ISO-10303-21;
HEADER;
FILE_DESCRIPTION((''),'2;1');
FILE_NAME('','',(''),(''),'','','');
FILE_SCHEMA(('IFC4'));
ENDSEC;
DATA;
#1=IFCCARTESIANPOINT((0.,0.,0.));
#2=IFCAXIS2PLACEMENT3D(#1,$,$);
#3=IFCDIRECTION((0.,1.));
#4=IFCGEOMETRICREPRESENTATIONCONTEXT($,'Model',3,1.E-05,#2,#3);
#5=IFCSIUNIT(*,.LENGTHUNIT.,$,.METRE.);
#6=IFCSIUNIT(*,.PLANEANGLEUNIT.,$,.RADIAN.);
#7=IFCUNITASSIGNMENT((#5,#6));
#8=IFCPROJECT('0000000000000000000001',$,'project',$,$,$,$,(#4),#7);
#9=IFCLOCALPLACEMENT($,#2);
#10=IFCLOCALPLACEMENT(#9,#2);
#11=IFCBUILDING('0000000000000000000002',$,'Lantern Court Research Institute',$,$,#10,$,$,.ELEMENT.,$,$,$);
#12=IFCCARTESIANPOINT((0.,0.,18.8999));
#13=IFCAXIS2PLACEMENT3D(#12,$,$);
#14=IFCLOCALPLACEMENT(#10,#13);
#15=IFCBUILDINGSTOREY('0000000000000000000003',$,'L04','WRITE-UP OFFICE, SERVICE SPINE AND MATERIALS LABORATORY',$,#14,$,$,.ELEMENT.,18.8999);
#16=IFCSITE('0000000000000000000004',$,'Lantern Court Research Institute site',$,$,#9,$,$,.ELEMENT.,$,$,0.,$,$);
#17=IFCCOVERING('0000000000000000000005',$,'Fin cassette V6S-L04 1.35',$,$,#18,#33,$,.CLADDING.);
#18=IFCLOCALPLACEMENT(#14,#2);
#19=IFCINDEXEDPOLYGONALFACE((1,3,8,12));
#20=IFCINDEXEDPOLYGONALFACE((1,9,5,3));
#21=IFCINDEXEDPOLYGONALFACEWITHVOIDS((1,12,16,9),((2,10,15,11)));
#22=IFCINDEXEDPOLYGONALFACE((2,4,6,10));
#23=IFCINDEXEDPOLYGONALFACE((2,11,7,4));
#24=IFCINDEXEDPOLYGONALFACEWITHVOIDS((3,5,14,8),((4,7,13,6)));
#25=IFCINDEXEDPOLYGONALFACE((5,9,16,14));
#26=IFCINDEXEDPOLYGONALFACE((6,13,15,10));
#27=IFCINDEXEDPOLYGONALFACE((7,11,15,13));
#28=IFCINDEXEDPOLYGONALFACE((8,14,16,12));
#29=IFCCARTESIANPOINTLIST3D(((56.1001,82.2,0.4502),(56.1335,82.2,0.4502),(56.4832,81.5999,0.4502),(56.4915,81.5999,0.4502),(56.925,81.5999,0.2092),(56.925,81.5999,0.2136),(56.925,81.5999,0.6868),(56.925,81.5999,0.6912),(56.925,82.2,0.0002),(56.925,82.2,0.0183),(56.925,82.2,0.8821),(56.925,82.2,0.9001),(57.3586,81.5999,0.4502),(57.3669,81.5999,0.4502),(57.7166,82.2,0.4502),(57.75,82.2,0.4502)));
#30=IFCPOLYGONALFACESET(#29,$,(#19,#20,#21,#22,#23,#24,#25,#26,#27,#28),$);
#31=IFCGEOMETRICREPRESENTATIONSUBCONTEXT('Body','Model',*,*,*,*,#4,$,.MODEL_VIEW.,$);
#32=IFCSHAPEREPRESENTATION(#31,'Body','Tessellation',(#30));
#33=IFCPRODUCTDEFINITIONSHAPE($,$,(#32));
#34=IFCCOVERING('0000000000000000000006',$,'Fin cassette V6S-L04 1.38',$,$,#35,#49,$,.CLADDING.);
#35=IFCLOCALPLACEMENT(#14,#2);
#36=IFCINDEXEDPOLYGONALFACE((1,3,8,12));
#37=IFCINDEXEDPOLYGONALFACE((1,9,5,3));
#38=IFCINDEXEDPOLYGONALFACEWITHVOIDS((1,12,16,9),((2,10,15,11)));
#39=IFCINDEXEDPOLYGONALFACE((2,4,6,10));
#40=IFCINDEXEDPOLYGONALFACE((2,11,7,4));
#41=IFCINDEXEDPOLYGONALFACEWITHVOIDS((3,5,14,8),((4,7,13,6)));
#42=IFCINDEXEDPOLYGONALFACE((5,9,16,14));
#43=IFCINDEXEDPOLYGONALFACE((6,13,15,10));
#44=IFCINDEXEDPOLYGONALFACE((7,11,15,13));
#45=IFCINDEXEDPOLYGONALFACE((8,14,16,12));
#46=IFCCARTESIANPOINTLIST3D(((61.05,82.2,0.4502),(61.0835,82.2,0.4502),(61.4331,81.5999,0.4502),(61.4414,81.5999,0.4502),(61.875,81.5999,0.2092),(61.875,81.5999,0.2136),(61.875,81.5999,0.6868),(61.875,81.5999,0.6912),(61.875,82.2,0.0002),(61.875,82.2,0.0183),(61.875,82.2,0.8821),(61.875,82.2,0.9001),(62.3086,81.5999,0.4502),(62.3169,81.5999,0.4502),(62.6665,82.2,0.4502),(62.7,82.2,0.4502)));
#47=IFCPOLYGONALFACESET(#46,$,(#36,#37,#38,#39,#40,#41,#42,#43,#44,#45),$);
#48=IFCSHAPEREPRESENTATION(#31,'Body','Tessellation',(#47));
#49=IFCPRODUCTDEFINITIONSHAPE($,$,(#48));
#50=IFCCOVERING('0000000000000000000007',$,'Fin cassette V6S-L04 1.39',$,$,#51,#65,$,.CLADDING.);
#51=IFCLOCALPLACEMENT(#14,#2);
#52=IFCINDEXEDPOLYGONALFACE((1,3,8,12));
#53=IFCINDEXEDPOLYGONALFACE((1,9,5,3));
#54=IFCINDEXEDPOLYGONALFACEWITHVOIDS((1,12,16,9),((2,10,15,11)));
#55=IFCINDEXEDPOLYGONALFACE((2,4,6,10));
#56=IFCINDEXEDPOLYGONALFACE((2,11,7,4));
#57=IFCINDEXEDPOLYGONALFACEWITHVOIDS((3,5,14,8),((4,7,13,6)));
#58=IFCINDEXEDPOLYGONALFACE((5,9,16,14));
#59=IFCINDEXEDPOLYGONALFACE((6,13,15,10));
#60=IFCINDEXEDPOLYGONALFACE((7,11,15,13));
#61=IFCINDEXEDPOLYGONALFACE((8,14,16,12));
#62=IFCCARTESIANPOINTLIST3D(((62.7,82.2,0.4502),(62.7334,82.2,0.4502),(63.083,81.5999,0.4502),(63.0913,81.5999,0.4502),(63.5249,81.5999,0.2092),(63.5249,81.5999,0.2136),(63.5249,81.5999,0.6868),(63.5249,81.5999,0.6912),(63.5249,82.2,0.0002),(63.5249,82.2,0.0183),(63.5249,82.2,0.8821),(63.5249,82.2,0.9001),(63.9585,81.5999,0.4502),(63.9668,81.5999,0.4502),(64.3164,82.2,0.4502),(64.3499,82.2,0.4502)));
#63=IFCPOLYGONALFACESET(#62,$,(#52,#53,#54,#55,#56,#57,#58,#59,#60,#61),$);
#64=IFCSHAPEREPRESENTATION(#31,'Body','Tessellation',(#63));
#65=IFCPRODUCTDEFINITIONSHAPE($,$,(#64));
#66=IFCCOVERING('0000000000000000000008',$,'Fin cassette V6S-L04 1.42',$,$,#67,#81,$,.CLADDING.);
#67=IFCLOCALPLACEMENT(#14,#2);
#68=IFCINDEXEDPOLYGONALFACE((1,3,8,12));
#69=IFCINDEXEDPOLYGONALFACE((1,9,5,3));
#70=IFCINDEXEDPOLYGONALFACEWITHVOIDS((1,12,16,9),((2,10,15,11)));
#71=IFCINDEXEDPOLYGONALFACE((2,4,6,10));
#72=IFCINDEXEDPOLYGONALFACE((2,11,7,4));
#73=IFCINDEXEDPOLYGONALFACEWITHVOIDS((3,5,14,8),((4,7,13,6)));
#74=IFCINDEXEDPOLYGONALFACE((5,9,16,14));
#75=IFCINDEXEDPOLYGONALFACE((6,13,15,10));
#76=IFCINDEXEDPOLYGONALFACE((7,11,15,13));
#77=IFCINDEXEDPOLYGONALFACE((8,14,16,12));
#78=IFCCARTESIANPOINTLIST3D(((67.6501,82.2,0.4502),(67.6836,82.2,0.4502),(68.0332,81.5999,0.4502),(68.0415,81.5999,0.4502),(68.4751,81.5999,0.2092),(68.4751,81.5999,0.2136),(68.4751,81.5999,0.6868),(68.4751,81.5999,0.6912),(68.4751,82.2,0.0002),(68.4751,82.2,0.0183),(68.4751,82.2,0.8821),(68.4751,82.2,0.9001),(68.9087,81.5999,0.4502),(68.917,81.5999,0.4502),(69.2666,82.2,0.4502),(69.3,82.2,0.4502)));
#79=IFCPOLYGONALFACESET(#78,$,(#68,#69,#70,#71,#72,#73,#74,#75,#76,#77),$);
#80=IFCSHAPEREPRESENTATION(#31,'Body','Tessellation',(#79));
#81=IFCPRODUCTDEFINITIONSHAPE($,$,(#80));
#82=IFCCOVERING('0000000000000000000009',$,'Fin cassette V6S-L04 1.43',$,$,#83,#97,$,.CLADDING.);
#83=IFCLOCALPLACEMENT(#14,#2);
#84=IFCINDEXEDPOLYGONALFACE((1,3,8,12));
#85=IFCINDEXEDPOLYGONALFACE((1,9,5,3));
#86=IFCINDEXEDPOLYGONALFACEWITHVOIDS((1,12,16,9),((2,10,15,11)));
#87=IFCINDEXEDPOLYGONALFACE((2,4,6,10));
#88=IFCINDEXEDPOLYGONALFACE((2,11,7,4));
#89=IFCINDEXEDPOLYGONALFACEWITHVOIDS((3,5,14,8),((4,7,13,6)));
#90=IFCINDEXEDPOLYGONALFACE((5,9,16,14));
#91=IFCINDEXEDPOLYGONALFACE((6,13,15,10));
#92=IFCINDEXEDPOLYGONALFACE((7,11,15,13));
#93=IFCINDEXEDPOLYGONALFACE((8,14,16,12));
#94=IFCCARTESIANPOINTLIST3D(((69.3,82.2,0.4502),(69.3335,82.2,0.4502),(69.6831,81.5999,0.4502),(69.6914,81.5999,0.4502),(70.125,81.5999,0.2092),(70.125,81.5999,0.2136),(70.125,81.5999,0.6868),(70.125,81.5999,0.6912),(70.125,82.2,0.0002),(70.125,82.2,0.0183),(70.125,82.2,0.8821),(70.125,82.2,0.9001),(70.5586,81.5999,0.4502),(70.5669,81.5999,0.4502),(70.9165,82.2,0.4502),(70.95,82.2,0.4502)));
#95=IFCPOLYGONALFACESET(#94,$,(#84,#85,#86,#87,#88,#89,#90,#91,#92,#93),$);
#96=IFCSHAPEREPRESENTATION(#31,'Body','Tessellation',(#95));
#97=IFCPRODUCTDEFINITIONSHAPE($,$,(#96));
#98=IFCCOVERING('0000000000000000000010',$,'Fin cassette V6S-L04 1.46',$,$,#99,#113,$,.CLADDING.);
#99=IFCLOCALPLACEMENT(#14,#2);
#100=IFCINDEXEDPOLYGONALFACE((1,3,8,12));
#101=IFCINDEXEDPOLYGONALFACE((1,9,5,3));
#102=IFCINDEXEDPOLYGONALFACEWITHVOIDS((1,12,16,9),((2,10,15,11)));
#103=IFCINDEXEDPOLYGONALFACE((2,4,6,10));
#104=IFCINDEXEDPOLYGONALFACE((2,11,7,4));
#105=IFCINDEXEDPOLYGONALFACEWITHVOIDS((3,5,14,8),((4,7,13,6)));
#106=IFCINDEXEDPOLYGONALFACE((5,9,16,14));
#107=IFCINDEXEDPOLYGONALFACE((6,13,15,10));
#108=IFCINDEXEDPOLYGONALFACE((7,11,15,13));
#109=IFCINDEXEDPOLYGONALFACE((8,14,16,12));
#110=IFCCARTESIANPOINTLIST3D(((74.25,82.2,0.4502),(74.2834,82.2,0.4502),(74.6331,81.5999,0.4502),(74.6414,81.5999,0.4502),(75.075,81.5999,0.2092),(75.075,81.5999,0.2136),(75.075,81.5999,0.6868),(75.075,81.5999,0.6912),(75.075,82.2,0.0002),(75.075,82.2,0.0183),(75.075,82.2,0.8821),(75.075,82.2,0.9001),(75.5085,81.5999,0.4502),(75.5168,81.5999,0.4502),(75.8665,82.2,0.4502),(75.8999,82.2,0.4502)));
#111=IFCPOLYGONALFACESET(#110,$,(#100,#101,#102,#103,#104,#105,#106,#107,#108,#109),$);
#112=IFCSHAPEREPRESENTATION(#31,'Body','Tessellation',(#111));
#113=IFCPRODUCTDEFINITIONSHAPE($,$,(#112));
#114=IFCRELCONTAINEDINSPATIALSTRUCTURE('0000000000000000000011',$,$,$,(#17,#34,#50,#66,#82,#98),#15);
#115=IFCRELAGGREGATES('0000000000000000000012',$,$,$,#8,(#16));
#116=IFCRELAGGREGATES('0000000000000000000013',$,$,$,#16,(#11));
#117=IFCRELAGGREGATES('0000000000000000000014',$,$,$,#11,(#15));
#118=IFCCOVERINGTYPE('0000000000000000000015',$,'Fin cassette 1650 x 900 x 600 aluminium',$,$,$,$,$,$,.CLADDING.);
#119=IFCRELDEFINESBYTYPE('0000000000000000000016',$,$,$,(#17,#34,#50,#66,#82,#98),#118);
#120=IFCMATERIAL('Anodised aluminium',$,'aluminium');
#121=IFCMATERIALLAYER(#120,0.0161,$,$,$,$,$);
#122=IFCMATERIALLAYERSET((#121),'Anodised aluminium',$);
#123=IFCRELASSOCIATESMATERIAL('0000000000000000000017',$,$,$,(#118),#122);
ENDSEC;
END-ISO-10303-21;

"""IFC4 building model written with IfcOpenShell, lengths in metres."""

from ifc_helpers import new_model, entity, si_unit, direction, frame, origin, place, context, subcontext, project, spatial, material, layer, layer_set, type_object, element, save


model = new_model("IFC4")

# Units and contexts
model_context = context("Model", 3, precision=1e-05, world=origin(), true_north=direction((0.0, 1.0)))
body_context = subcontext(model_context, "Body", "Model", "MODEL_VIEW")
ifc_project = project(units=[si_unit("LENGTHUNIT", "METRE"), si_unit("PLANEANGLEUNIT", "RADIAN")], contexts=[model_context])

# Site, building, storey
site_placement = place(None, origin())
site = spatial("IfcSite", under=ifc_project, at=site_placement, Name="Lantern Court Research Institute site", CompositionType="ELEMENT", RefElevation=0.0)
building_placement = place(site_placement, origin())
building = spatial("IfcBuilding", under=site, at=building_placement, Name="Lantern Court Research Institute", CompositionType="ELEMENT")
storey_placement = place(building_placement, frame((0.0, 0.0, 18.8999)))
storey = spatial("IfcBuildingStorey", under=building, at=storey_placement, Name="L04", Description="WRITE-UP OFFICE, SERVICE SPINE AND MATERIALS LABORATORY", CompositionType="ELEMENT", Elevation=18.8999)

# Coverings
ifc_material_1 = material(Name="Anodised aluminium", Category="aluminium")
ifc_layer_1 = layer(ifc_material_1, 0.0161)
ifc_layer_set_1 = layer_set([ifc_layer_1], Name="Anodised aluminium")
covering_type_1 = type_object("IfcCoveringType", Name="Fin cassette 1650 x 900 x 600 aluminium", PredefinedType="CLADDING", material=ifc_layer_set_1)
covering_1_placement = place(storey_placement, frame((56.925, 82.2, 0.4502), z_axis=(0.0, -1.0, 0.0), x_axis=(1.0, 0.0, 0.0)))
cartesian_point_1 = entity("IfcCartesianPoint", [0.825, 0.0])
cartesian_point_2 = entity("IfcCartesianPoint", [0.7915, 0.0])
cartesian_point_3 = entity("IfcCartesianPoint", [0.4419, 0.0])
cartesian_point_4 = entity("IfcCartesianPoint", [0.4336, 0.0])
element("IfcCovering", 1, at=covering_1_placement, inside=storey, type_object=covering_type_1, Name="Fin cassette V6S-L04 1.35", PredefinedType="CLADDING", context=body_context, shape_type="SweptSolid", body=[
    entity("IfcExtrudedAreaSolidTapered", entity("IfcArbitraryProfileDefWithVoids", "AREA", None, entity("IfcPolyline", [cartesian_point_1, entity("IfcCartesianPoint", [0.0, 0.45]), entity("IfcCartesianPoint", [-0.825, 0.0]), entity("IfcCartesianPoint", [0.0, -0.45]), cartesian_point_1]), [entity("IfcPolyline", [cartesian_point_2, entity("IfcCartesianPoint", [0.0, 0.4319]), entity("IfcCartesianPoint", [-0.7915, 0.0]), entity("IfcCartesianPoint", [0.0, -0.4319]), cartesian_point_2])]), entity("IfcAxis2Placement3D", entity("IfcCartesianPoint", [0.0, 0.0, 0.0])), entity("IfcDirection", [0.0, 0.0, 1.0]), 0.6001, entity("IfcArbitraryProfileDefWithVoids", "AREA", None, entity("IfcPolyline", [cartesian_point_3, entity("IfcCartesianPoint", [0.0, 0.241]), entity("IfcCartesianPoint", [-0.4419, 0.0]), entity("IfcCartesianPoint", [0.0, -0.241]), cartesian_point_3]), [entity("IfcPolyline", [cartesian_point_4, entity("IfcCartesianPoint", [0.0, 0.2366]), entity("IfcCartesianPoint", [-0.4336, 0.0]), entity("IfcCartesianPoint", [0.0, -0.2366]), cartesian_point_4])])),
])
covering_2_placement = place(storey_placement, frame((61.875, 82.2, 0.4502), z_axis=(0.0, -1.0, 0.0), x_axis=(1.0, 0.0, 0.0)))
cartesian_point_5 = entity("IfcCartesianPoint", [0.825, 0.0])
cartesian_point_6 = entity("IfcCartesianPoint", [0.7915, 0.0])
cartesian_point_7 = entity("IfcCartesianPoint", [0.4419, 0.0])
cartesian_point_8 = entity("IfcCartesianPoint", [0.4336, 0.0])
element("IfcCovering", 2, at=covering_2_placement, inside=storey, type_object=covering_type_1, Name="Fin cassette V6S-L04 1.38", PredefinedType="CLADDING", context=body_context, shape_type="SweptSolid", body=[
    entity("IfcExtrudedAreaSolidTapered", entity("IfcArbitraryProfileDefWithVoids", "AREA", None, entity("IfcPolyline", [cartesian_point_5, entity("IfcCartesianPoint", [0.0, 0.45]), entity("IfcCartesianPoint", [-0.825, 0.0]), entity("IfcCartesianPoint", [0.0, -0.45]), cartesian_point_5]), [entity("IfcPolyline", [cartesian_point_6, entity("IfcCartesianPoint", [0.0, 0.4319]), entity("IfcCartesianPoint", [-0.7915, 0.0]), entity("IfcCartesianPoint", [0.0, -0.4319]), cartesian_point_6])]), entity("IfcAxis2Placement3D", entity("IfcCartesianPoint", [0.0, 0.0, 0.0])), entity("IfcDirection", [0.0, 0.0, 1.0]), 0.6001, entity("IfcArbitraryProfileDefWithVoids", "AREA", None, entity("IfcPolyline", [cartesian_point_7, entity("IfcCartesianPoint", [0.0, 0.241]), entity("IfcCartesianPoint", [-0.4419, 0.0]), entity("IfcCartesianPoint", [0.0, -0.241]), cartesian_point_7]), [entity("IfcPolyline", [cartesian_point_8, entity("IfcCartesianPoint", [0.0, 0.2366]), entity("IfcCartesianPoint", [-0.4336, 0.0]), entity("IfcCartesianPoint", [0.0, -0.2366]), cartesian_point_8])])),
])
covering_3_placement = place(storey_placement, frame((63.5249, 82.2, 0.4502), z_axis=(0.0, -1.0, 0.0), x_axis=(1.0, 0.0, 0.0)))
cartesian_point_9 = entity("IfcCartesianPoint", [0.825, 0.0])
cartesian_point_10 = entity("IfcCartesianPoint", [0.7915, 0.0])
cartesian_point_11 = entity("IfcCartesianPoint", [0.4419, 0.0])
cartesian_point_12 = entity("IfcCartesianPoint", [0.4336, 0.0])
element("IfcCovering", 3, at=covering_3_placement, inside=storey, type_object=covering_type_1, Name="Fin cassette V6S-L04 1.39", PredefinedType="CLADDING", context=body_context, shape_type="SweptSolid", body=[
    entity("IfcExtrudedAreaSolidTapered", entity("IfcArbitraryProfileDefWithVoids", "AREA", None, entity("IfcPolyline", [cartesian_point_9, entity("IfcCartesianPoint", [0.0, 0.45]), entity("IfcCartesianPoint", [-0.825, 0.0]), entity("IfcCartesianPoint", [0.0, -0.45]), cartesian_point_9]), [entity("IfcPolyline", [cartesian_point_10, entity("IfcCartesianPoint", [0.0, 0.4319]), entity("IfcCartesianPoint", [-0.7915, 0.0]), entity("IfcCartesianPoint", [0.0, -0.4319]), cartesian_point_10])]), entity("IfcAxis2Placement3D", entity("IfcCartesianPoint", [0.0, 0.0, 0.0])), entity("IfcDirection", [0.0, 0.0, 1.0]), 0.6001, entity("IfcArbitraryProfileDefWithVoids", "AREA", None, entity("IfcPolyline", [cartesian_point_11, entity("IfcCartesianPoint", [0.0, 0.241]), entity("IfcCartesianPoint", [-0.4419, 0.0]), entity("IfcCartesianPoint", [0.0, -0.241]), cartesian_point_11]), [entity("IfcPolyline", [cartesian_point_12, entity("IfcCartesianPoint", [0.0, 0.2366]), entity("IfcCartesianPoint", [-0.4336, 0.0]), entity("IfcCartesianPoint", [0.0, -0.2366]), cartesian_point_12])])),
])
covering_4_placement = place(storey_placement, frame((68.4751, 82.2, 0.4502), z_axis=(0.0, -1.0, 0.0), x_axis=(1.0, 0.0, 0.0)))
cartesian_point_13 = entity("IfcCartesianPoint", [0.825, 0.0])
cartesian_point_14 = entity("IfcCartesianPoint", [0.7915, 0.0])
cartesian_point_15 = entity("IfcCartesianPoint", [0.4419, 0.0])
cartesian_point_16 = entity("IfcCartesianPoint", [0.4336, 0.0])
element("IfcCovering", 4, at=covering_4_placement, inside=storey, type_object=covering_type_1, Name="Fin cassette V6S-L04 1.42", PredefinedType="CLADDING", context=body_context, shape_type="SweptSolid", body=[
    entity("IfcExtrudedAreaSolidTapered", entity("IfcArbitraryProfileDefWithVoids", "AREA", None, entity("IfcPolyline", [cartesian_point_13, entity("IfcCartesianPoint", [0.0, 0.45]), entity("IfcCartesianPoint", [-0.825, 0.0]), entity("IfcCartesianPoint", [0.0, -0.45]), cartesian_point_13]), [entity("IfcPolyline", [cartesian_point_14, entity("IfcCartesianPoint", [0.0, 0.4319]), entity("IfcCartesianPoint", [-0.7915, 0.0]), entity("IfcCartesianPoint", [0.0, -0.4319]), cartesian_point_14])]), entity("IfcAxis2Placement3D", entity("IfcCartesianPoint", [0.0, 0.0, 0.0])), entity("IfcDirection", [0.0, 0.0, 1.0]), 0.6001, entity("IfcArbitraryProfileDefWithVoids", "AREA", None, entity("IfcPolyline", [cartesian_point_15, entity("IfcCartesianPoint", [0.0, 0.241]), entity("IfcCartesianPoint", [-0.4419, 0.0]), entity("IfcCartesianPoint", [0.0, -0.241]), cartesian_point_15]), [entity("IfcPolyline", [cartesian_point_16, entity("IfcCartesianPoint", [0.0, 0.2366]), entity("IfcCartesianPoint", [-0.4336, 0.0]), entity("IfcCartesianPoint", [0.0, -0.2366]), cartesian_point_16])])),
])
covering_5_placement = place(storey_placement, frame((70.125, 82.2, 0.4502), z_axis=(0.0, -1.0, 0.0), x_axis=(1.0, 0.0, 0.0)))
cartesian_point_17 = entity("IfcCartesianPoint", [0.825, 0.0])
cartesian_point_18 = entity("IfcCartesianPoint", [0.7915, 0.0])
cartesian_point_19 = entity("IfcCartesianPoint", [0.4419, 0.0])
cartesian_point_20 = entity("IfcCartesianPoint", [0.4336, 0.0])
element("IfcCovering", 5, at=covering_5_placement, inside=storey, type_object=covering_type_1, Name="Fin cassette V6S-L04 1.43", PredefinedType="CLADDING", context=body_context, shape_type="SweptSolid", body=[
    entity("IfcExtrudedAreaSolidTapered", entity("IfcArbitraryProfileDefWithVoids", "AREA", None, entity("IfcPolyline", [cartesian_point_17, entity("IfcCartesianPoint", [0.0, 0.45]), entity("IfcCartesianPoint", [-0.825, 0.0]), entity("IfcCartesianPoint", [0.0, -0.45]), cartesian_point_17]), [entity("IfcPolyline", [cartesian_point_18, entity("IfcCartesianPoint", [0.0, 0.4319]), entity("IfcCartesianPoint", [-0.7915, 0.0]), entity("IfcCartesianPoint", [0.0, -0.4319]), cartesian_point_18])]), entity("IfcAxis2Placement3D", entity("IfcCartesianPoint", [0.0, 0.0, 0.0])), entity("IfcDirection", [0.0, 0.0, 1.0]), 0.6001, entity("IfcArbitraryProfileDefWithVoids", "AREA", None, entity("IfcPolyline", [cartesian_point_19, entity("IfcCartesianPoint", [0.0, 0.241]), entity("IfcCartesianPoint", [-0.4419, 0.0]), entity("IfcCartesianPoint", [0.0, -0.241]), cartesian_point_19]), [entity("IfcPolyline", [cartesian_point_20, entity("IfcCartesianPoint", [0.0, 0.2366]), entity("IfcCartesianPoint", [-0.4336, 0.0]), entity("IfcCartesianPoint", [0.0, -0.2366]), cartesian_point_20])])),
])
covering_6_placement = place(storey_placement, frame((75.075, 82.2, 0.4502), z_axis=(0.0, -1.0, 0.0), x_axis=(1.0, 0.0, 0.0)))
cartesian_point_21 = entity("IfcCartesianPoint", [0.825, 0.0])
cartesian_point_22 = entity("IfcCartesianPoint", [0.7915, 0.0])
cartesian_point_23 = entity("IfcCartesianPoint", [0.4419, 0.0])
cartesian_point_24 = entity("IfcCartesianPoint", [0.4336, 0.0])
element("IfcCovering", 6, at=covering_6_placement, inside=storey, type_object=covering_type_1, Name="Fin cassette V6S-L04 1.46", PredefinedType="CLADDING", context=body_context, shape_type="SweptSolid", body=[
    entity("IfcExtrudedAreaSolidTapered", entity("IfcArbitraryProfileDefWithVoids", "AREA", None, entity("IfcPolyline", [cartesian_point_21, entity("IfcCartesianPoint", [0.0, 0.45]), entity("IfcCartesianPoint", [-0.825, 0.0]), entity("IfcCartesianPoint", [0.0, -0.45]), cartesian_point_21]), [entity("IfcPolyline", [cartesian_point_22, entity("IfcCartesianPoint", [0.0, 0.4319]), entity("IfcCartesianPoint", [-0.7915, 0.0]), entity("IfcCartesianPoint", [0.0, -0.4319]), cartesian_point_22])]), entity("IfcAxis2Placement3D", entity("IfcCartesianPoint", [0.0, 0.0, 0.0])), entity("IfcDirection", [0.0, 0.0, 1.0]), 0.6001, entity("IfcArbitraryProfileDefWithVoids", "AREA", None, entity("IfcPolyline", [cartesian_point_23, entity("IfcCartesianPoint", [0.0, 0.241]), entity("IfcCartesianPoint", [-0.4419, 0.0]), entity("IfcCartesianPoint", [0.0, -0.241]), cartesian_point_23]), [entity("IfcPolyline", [cartesian_point_24, entity("IfcCartesianPoint", [0.0, 0.2366]), entity("IfcCartesianPoint", [-0.4336, 0.0]), entity("IfcCartesianPoint", [0.0, -0.2366]), cartesian_point_24])])),
])

save(model, "model.ifc")
